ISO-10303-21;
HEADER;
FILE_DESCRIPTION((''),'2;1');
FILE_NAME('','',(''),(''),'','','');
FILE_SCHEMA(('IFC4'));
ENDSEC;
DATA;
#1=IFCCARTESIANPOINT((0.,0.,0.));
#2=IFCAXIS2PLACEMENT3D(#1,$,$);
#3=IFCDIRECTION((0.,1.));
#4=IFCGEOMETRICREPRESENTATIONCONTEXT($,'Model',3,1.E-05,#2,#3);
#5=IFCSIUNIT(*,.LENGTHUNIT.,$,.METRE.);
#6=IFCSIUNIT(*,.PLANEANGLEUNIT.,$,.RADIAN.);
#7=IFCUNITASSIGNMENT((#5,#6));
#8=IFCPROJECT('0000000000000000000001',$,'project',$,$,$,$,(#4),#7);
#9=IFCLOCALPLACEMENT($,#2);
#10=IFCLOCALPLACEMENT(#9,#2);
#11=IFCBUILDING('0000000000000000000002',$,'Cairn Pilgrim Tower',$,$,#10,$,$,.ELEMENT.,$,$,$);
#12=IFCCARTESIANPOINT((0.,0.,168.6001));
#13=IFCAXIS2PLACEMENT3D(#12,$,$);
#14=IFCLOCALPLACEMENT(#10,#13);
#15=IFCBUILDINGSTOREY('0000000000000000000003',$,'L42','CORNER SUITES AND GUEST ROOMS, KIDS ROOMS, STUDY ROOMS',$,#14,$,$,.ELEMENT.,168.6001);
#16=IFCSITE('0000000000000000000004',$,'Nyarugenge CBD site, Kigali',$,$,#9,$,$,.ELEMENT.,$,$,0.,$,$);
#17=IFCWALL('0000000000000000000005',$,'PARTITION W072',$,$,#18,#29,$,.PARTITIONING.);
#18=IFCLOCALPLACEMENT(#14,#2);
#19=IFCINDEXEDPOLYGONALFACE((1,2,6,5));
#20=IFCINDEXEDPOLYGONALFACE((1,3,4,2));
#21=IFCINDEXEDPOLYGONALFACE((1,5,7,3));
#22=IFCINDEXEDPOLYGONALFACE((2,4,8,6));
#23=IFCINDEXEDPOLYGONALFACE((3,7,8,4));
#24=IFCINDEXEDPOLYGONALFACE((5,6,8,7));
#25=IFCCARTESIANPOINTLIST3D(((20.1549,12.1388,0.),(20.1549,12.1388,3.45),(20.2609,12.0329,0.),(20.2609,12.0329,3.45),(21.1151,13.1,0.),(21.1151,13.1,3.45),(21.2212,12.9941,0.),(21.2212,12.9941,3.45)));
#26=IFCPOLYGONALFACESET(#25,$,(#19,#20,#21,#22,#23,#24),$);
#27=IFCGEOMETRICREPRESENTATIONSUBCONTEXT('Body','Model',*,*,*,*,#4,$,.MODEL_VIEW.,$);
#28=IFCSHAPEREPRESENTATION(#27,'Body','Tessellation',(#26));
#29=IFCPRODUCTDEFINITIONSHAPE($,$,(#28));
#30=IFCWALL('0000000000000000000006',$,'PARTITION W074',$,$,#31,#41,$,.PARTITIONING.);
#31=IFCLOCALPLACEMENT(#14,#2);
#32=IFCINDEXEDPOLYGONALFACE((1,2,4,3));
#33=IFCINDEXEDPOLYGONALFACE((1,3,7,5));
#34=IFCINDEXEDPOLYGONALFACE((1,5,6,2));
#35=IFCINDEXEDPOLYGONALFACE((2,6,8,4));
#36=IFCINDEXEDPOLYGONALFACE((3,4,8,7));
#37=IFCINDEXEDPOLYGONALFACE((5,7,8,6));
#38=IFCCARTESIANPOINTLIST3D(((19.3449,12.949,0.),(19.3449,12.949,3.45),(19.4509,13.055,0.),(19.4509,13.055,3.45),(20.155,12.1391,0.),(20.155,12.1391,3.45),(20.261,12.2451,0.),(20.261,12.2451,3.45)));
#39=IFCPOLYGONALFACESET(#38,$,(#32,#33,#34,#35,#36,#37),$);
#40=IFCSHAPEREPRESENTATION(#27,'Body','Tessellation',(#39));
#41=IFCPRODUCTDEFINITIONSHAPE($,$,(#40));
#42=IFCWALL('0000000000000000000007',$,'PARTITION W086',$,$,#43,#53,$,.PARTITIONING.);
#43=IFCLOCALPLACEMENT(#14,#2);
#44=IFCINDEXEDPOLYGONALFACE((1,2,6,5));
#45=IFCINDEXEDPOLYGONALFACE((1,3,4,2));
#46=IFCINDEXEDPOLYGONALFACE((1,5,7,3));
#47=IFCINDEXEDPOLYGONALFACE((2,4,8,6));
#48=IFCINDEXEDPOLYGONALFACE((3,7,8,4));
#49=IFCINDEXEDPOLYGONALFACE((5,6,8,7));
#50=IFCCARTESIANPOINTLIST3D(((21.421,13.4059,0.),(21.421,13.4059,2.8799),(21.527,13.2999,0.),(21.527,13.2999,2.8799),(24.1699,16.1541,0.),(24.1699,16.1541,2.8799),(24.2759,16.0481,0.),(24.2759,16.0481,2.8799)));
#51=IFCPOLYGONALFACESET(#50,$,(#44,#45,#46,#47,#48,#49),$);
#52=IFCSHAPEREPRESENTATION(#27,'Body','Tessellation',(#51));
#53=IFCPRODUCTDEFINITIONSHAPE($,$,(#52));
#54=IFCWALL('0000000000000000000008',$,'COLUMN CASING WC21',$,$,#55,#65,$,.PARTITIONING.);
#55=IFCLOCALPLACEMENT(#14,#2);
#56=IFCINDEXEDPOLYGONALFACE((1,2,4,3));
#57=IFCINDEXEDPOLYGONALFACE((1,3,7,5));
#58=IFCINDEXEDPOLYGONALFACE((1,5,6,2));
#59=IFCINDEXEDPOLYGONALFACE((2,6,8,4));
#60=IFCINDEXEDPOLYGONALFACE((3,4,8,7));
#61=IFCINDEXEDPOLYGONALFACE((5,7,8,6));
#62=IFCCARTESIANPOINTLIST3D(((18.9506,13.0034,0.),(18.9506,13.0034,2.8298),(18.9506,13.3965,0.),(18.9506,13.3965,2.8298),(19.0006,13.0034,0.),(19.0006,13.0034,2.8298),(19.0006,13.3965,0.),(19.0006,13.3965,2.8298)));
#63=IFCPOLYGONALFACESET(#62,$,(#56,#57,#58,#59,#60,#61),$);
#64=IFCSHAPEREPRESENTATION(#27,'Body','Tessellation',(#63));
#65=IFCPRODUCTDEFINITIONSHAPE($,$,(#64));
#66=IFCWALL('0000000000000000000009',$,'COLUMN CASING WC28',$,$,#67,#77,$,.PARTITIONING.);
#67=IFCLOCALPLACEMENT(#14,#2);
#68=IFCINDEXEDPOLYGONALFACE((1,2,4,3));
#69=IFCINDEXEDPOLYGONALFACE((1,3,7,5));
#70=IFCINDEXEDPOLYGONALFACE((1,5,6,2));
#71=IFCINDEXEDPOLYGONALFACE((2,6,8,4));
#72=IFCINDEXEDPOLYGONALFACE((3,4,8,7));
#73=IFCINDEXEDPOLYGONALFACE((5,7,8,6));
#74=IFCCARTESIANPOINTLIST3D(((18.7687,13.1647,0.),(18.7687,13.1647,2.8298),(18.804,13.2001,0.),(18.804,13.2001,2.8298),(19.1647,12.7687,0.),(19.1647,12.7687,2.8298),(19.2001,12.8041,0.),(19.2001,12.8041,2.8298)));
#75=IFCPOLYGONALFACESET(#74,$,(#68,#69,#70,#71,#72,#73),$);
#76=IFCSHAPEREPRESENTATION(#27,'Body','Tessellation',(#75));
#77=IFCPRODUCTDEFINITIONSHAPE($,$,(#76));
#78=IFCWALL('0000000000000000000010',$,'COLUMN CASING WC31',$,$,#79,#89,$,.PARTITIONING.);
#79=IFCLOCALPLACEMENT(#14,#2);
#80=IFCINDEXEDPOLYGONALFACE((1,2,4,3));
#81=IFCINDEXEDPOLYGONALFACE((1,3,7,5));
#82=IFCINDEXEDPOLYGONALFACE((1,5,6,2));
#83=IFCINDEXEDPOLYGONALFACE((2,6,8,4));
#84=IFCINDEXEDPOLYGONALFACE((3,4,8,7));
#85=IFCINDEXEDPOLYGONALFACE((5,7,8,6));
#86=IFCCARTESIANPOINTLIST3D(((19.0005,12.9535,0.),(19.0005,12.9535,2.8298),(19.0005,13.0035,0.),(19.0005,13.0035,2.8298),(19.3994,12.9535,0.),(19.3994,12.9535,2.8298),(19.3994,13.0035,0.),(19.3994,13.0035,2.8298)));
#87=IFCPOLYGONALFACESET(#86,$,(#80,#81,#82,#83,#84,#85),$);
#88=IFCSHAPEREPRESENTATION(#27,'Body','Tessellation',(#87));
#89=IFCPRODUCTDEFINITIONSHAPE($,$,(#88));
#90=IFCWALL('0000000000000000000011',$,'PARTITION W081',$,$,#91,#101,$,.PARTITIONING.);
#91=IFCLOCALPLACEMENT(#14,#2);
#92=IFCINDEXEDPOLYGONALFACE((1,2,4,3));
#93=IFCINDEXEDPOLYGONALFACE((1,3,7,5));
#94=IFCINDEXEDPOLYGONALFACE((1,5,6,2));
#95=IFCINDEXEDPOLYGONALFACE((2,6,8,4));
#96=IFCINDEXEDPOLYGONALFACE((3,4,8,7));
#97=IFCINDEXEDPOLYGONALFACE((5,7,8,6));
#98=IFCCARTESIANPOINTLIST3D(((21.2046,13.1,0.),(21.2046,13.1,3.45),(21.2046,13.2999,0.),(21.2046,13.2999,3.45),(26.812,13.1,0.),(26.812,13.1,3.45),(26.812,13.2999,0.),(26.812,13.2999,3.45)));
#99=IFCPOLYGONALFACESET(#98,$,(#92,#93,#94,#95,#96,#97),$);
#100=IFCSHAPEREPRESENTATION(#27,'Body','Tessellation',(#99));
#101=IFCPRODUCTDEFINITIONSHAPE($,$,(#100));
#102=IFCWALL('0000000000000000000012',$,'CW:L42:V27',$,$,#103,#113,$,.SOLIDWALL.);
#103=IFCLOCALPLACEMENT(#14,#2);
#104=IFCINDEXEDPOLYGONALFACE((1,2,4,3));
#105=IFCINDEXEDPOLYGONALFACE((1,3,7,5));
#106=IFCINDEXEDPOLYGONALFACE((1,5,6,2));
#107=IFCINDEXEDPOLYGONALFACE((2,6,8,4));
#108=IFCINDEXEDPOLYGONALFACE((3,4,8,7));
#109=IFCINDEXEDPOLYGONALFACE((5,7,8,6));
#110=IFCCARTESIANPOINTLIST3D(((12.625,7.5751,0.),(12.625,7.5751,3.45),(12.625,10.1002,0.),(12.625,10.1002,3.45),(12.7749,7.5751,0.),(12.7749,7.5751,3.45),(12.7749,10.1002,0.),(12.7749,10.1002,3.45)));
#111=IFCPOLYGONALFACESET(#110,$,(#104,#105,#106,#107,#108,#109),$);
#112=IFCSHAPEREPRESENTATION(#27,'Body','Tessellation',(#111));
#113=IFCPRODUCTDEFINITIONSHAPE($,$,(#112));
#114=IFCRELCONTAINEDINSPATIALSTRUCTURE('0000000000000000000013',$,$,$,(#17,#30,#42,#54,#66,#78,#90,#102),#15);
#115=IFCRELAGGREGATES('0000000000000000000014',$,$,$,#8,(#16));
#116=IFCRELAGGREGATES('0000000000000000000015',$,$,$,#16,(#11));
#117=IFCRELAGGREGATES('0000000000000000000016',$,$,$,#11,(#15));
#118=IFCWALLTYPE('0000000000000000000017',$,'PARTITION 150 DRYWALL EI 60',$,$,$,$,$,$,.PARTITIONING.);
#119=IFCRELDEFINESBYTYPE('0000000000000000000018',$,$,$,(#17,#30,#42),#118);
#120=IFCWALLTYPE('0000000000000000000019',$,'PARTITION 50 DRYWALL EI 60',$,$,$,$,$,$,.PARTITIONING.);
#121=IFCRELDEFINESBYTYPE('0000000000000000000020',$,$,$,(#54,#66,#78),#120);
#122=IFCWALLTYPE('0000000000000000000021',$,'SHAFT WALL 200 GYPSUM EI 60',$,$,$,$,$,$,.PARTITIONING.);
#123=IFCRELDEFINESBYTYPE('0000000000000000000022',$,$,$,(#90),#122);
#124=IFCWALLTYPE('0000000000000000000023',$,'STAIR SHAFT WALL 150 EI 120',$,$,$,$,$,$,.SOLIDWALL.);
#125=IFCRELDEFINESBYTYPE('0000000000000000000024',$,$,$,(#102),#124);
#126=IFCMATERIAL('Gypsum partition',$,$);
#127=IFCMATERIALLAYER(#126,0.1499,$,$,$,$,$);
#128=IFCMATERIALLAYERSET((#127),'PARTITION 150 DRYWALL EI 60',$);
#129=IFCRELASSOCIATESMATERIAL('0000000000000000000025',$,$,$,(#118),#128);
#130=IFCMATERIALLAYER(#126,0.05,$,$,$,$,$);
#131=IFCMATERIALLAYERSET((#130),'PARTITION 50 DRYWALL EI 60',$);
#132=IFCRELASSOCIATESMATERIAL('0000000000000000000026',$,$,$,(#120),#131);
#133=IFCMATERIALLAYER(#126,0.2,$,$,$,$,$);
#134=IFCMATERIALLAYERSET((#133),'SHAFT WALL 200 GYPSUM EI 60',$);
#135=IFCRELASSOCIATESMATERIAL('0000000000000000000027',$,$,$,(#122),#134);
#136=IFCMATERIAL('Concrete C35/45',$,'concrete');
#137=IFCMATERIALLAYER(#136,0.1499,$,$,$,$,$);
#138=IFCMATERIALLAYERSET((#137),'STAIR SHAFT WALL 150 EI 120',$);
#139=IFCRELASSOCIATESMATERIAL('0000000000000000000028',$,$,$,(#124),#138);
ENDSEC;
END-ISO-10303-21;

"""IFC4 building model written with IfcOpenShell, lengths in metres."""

from ifc_helpers import new_model, si_unit, direction, frame, frame_2d, origin, place, context, subcontext, project, spatial, rectangle, extrude, material, layer, layer_set, type_object, element, save


model = new_model("IFC4")

# Units and contexts
model_context = context("Model", 3, precision=1e-05, world=origin(), true_north=direction((0.0, 1.0)))
body_context = subcontext(model_context, "Body", "Model", "MODEL_VIEW")
ifc_project = project(units=[si_unit("LENGTHUNIT", "METRE"), si_unit("PLANEANGLEUNIT", "RADIAN")], contexts=[model_context])

# Site, building, storey
site_placement = place(None, origin())
site = spatial("IfcSite", under=ifc_project, at=site_placement, Name="Nyarugenge CBD site, Kigali", CompositionType="ELEMENT", RefElevation=0.0)
building_placement = place(site_placement, origin())
building = spatial("IfcBuilding", under=site, at=building_placement, Name="Cairn Pilgrim Tower", CompositionType="ELEMENT")
storey_placement = place(building_placement, frame((0.0, 0.0, 168.6001)))
storey = spatial("IfcBuildingStorey", under=building, at=storey_placement, Name="L42", Description="CORNER SUITES AND GUEST ROOMS, KIDS ROOMS, STUDY ROOMS", CompositionType="ELEMENT", Elevation=168.6001)

# Walls
ifc_material_1 = material(Name="Gypsum partition")
ifc_layer_1 = layer(ifc_material_1, 0.1499)
ifc_layer_set_1 = layer_set([ifc_layer_1], Name="PARTITION 150 DRYWALL EI 60")
wall_type_1 = type_object("IfcWallType", Name="PARTITION 150 DRYWALL EI 60", PredefinedType="PARTITIONING", material=ifc_layer_set_1)
wall_1_placement = place(storey_placement, frame((20.208, 12.0859, 0.0), z_axis=(0.0, 0.0, 1.0), x_axis=(0.706747, 0.707466, 0.0)))
element("IfcWall", 1, at=wall_1_placement, inside=storey, type_object=wall_type_1, Name="PARTITION W072", PredefinedType="PARTITIONING", context=body_context, shape_type="SweptSolid", body=[
    extrude(rectangle(XDim=1.3586, YDim=0.1499, at=frame_2d((0.6792, 0.0))), origin(), (0.0, 0.0, 1.0), 3.45),
])
wall_2_placement = place(storey_placement, frame((20.208, 12.1921, 0.0), z_axis=(0.0, 0.0, 1.0), x_axis=(-0.707213, 0.707, 0.0)))
element("IfcWall", 2, at=wall_2_placement, inside=storey, type_object=wall_type_1, Name="PARTITION W074", PredefinedType="PARTITIONING", context=body_context, shape_type="SweptSolid", body=[
    extrude(rectangle(XDim=1.1455, YDim=0.1499, at=frame_2d((0.5728, 0.0))), origin(), (0.0, 0.0, 1.0), 3.45),
])
wall_3_placement = place(storey_placement, frame((21.4741, 13.353, 0.0), z_axis=(0.0, 0.0, 1.0), x_axis=(0.707201, 0.707013, 0.0)))
element("IfcWall", 3, at=wall_3_placement, inside=storey, type_object=wall_type_1, Name="PARTITION W086", PredefinedType="PARTITIONING", context=body_context, shape_type="SweptSolid", body=[
    extrude(rectangle(XDim=3.887, YDim=0.1499, at=frame_2d((1.9434, 0.0))), origin(), (0.0, 0.0, 1.0), 2.8799),
])
ifc_layer_2 = layer(ifc_material_1, 0.05)
ifc_layer_set_2 = layer_set([ifc_layer_2], Name="PARTITION 50 DRYWALL EI 60")
wall_type_2 = type_object("IfcWallType", Name="PARTITION 50 DRYWALL EI 60", PredefinedType="PARTITIONING", material=ifc_layer_set_2)
wall_4_placement = place(storey_placement, frame((18.9756, 13.0034, 0.0), z_axis=(0.0, 0.0, 1.0), x_axis=(0.0, 1.0, 0.0)))
element("IfcWall", 4, at=wall_4_placement, inside=storey, type_object=wall_type_2, Name="COLUMN CASING WC21", PredefinedType="PARTITIONING", context=body_context, shape_type="SweptSolid", body=[
    extrude(rectangle(XDim=0.3931, YDim=0.05, at=frame_2d((0.1965, 0.0))), origin(), (0.0, 0.0, 1.0), 2.8298),
])
wall_5_placement = place(storey_placement, frame((19.1824, 12.7864, 0.0), z_axis=(0.0, 0.0, 1.0), x_axis=(-0.707107, 0.707107, 0.0)))
element("IfcWall", 5, at=wall_5_placement, inside=storey, type_object=wall_type_2, Name="COLUMN CASING WC28", PredefinedType="PARTITIONING", context=body_context, shape_type="SweptSolid", body=[
    extrude(rectangle(XDim=0.5601, YDim=0.05, at=frame_2d((0.28, 0.0))), origin(), (0.0, 0.0, 1.0), 2.8298),
])
wall_6_placement = place(storey_placement, frame((19.0005, 12.9785, 0.0), z_axis=(0.0, 0.0, 1.0), x_axis=(1.0, 0.0, 0.0)))
element("IfcWall", 6, at=wall_6_placement, inside=storey, type_object=wall_type_2, Name="COLUMN CASING WC31", PredefinedType="PARTITIONING", context=body_context, shape_type="SweptSolid", body=[
    extrude(rectangle(XDim=0.3989, YDim=0.05, at=frame_2d((0.1995, 0.0))), origin(), (0.0, 0.0, 1.0), 2.8298),
])
ifc_layer_3 = layer(ifc_material_1, 0.2)
ifc_layer_set_3 = layer_set([ifc_layer_3], Name="SHAFT WALL 200 GYPSUM EI 60")
wall_type_3 = type_object("IfcWallType", Name="SHAFT WALL 200 GYPSUM EI 60", PredefinedType="PARTITIONING", material=ifc_layer_set_3)
wall_7_placement = place(storey_placement, frame((21.2046, 13.2, 0.0), z_axis=(0.0, 0.0, 1.0), x_axis=(1.0, 0.0, 0.0)))
element("IfcWall", 7, at=wall_7_placement, inside=storey, type_object=wall_type_3, Name="PARTITION W081", PredefinedType="PARTITIONING", context=body_context, shape_type="SweptSolid", body=[
    extrude(rectangle(XDim=5.6074, YDim=0.2, at=frame_2d((2.8037, 0.0))), origin(), (0.0, 0.0, 1.0), 3.45),
])
ifc_material_2 = material(Name="Concrete C35/45", Category="concrete")
ifc_layer_4 = layer(ifc_material_2, 0.1499)
ifc_layer_set_4 = layer_set([ifc_layer_4], Name="STAIR SHAFT WALL 150 EI 120")
wall_type_4 = type_object("IfcWallType", Name="STAIR SHAFT WALL 150 EI 120", PredefinedType="SOLIDWALL", material=ifc_layer_set_4)
wall_8_placement = place(storey_placement, frame((12.7, 7.575, 0.0), z_axis=(0.0, 0.0, 1.0), x_axis=(0.0, 1.0, 0.0)))
element("IfcWall", 8, at=wall_8_placement, inside=storey, type_object=wall_type_4, Name="CW:L42:V27", PredefinedType="SOLIDWALL", context=body_context, shape_type="SweptSolid", body=[
    extrude(rectangle(XDim=2.5251, YDim=0.1499, at=frame_2d((1.2627, 0.0))), origin(), (0.0, 0.0, 1.0), 3.45),
])

save(model, "model.ifc")
